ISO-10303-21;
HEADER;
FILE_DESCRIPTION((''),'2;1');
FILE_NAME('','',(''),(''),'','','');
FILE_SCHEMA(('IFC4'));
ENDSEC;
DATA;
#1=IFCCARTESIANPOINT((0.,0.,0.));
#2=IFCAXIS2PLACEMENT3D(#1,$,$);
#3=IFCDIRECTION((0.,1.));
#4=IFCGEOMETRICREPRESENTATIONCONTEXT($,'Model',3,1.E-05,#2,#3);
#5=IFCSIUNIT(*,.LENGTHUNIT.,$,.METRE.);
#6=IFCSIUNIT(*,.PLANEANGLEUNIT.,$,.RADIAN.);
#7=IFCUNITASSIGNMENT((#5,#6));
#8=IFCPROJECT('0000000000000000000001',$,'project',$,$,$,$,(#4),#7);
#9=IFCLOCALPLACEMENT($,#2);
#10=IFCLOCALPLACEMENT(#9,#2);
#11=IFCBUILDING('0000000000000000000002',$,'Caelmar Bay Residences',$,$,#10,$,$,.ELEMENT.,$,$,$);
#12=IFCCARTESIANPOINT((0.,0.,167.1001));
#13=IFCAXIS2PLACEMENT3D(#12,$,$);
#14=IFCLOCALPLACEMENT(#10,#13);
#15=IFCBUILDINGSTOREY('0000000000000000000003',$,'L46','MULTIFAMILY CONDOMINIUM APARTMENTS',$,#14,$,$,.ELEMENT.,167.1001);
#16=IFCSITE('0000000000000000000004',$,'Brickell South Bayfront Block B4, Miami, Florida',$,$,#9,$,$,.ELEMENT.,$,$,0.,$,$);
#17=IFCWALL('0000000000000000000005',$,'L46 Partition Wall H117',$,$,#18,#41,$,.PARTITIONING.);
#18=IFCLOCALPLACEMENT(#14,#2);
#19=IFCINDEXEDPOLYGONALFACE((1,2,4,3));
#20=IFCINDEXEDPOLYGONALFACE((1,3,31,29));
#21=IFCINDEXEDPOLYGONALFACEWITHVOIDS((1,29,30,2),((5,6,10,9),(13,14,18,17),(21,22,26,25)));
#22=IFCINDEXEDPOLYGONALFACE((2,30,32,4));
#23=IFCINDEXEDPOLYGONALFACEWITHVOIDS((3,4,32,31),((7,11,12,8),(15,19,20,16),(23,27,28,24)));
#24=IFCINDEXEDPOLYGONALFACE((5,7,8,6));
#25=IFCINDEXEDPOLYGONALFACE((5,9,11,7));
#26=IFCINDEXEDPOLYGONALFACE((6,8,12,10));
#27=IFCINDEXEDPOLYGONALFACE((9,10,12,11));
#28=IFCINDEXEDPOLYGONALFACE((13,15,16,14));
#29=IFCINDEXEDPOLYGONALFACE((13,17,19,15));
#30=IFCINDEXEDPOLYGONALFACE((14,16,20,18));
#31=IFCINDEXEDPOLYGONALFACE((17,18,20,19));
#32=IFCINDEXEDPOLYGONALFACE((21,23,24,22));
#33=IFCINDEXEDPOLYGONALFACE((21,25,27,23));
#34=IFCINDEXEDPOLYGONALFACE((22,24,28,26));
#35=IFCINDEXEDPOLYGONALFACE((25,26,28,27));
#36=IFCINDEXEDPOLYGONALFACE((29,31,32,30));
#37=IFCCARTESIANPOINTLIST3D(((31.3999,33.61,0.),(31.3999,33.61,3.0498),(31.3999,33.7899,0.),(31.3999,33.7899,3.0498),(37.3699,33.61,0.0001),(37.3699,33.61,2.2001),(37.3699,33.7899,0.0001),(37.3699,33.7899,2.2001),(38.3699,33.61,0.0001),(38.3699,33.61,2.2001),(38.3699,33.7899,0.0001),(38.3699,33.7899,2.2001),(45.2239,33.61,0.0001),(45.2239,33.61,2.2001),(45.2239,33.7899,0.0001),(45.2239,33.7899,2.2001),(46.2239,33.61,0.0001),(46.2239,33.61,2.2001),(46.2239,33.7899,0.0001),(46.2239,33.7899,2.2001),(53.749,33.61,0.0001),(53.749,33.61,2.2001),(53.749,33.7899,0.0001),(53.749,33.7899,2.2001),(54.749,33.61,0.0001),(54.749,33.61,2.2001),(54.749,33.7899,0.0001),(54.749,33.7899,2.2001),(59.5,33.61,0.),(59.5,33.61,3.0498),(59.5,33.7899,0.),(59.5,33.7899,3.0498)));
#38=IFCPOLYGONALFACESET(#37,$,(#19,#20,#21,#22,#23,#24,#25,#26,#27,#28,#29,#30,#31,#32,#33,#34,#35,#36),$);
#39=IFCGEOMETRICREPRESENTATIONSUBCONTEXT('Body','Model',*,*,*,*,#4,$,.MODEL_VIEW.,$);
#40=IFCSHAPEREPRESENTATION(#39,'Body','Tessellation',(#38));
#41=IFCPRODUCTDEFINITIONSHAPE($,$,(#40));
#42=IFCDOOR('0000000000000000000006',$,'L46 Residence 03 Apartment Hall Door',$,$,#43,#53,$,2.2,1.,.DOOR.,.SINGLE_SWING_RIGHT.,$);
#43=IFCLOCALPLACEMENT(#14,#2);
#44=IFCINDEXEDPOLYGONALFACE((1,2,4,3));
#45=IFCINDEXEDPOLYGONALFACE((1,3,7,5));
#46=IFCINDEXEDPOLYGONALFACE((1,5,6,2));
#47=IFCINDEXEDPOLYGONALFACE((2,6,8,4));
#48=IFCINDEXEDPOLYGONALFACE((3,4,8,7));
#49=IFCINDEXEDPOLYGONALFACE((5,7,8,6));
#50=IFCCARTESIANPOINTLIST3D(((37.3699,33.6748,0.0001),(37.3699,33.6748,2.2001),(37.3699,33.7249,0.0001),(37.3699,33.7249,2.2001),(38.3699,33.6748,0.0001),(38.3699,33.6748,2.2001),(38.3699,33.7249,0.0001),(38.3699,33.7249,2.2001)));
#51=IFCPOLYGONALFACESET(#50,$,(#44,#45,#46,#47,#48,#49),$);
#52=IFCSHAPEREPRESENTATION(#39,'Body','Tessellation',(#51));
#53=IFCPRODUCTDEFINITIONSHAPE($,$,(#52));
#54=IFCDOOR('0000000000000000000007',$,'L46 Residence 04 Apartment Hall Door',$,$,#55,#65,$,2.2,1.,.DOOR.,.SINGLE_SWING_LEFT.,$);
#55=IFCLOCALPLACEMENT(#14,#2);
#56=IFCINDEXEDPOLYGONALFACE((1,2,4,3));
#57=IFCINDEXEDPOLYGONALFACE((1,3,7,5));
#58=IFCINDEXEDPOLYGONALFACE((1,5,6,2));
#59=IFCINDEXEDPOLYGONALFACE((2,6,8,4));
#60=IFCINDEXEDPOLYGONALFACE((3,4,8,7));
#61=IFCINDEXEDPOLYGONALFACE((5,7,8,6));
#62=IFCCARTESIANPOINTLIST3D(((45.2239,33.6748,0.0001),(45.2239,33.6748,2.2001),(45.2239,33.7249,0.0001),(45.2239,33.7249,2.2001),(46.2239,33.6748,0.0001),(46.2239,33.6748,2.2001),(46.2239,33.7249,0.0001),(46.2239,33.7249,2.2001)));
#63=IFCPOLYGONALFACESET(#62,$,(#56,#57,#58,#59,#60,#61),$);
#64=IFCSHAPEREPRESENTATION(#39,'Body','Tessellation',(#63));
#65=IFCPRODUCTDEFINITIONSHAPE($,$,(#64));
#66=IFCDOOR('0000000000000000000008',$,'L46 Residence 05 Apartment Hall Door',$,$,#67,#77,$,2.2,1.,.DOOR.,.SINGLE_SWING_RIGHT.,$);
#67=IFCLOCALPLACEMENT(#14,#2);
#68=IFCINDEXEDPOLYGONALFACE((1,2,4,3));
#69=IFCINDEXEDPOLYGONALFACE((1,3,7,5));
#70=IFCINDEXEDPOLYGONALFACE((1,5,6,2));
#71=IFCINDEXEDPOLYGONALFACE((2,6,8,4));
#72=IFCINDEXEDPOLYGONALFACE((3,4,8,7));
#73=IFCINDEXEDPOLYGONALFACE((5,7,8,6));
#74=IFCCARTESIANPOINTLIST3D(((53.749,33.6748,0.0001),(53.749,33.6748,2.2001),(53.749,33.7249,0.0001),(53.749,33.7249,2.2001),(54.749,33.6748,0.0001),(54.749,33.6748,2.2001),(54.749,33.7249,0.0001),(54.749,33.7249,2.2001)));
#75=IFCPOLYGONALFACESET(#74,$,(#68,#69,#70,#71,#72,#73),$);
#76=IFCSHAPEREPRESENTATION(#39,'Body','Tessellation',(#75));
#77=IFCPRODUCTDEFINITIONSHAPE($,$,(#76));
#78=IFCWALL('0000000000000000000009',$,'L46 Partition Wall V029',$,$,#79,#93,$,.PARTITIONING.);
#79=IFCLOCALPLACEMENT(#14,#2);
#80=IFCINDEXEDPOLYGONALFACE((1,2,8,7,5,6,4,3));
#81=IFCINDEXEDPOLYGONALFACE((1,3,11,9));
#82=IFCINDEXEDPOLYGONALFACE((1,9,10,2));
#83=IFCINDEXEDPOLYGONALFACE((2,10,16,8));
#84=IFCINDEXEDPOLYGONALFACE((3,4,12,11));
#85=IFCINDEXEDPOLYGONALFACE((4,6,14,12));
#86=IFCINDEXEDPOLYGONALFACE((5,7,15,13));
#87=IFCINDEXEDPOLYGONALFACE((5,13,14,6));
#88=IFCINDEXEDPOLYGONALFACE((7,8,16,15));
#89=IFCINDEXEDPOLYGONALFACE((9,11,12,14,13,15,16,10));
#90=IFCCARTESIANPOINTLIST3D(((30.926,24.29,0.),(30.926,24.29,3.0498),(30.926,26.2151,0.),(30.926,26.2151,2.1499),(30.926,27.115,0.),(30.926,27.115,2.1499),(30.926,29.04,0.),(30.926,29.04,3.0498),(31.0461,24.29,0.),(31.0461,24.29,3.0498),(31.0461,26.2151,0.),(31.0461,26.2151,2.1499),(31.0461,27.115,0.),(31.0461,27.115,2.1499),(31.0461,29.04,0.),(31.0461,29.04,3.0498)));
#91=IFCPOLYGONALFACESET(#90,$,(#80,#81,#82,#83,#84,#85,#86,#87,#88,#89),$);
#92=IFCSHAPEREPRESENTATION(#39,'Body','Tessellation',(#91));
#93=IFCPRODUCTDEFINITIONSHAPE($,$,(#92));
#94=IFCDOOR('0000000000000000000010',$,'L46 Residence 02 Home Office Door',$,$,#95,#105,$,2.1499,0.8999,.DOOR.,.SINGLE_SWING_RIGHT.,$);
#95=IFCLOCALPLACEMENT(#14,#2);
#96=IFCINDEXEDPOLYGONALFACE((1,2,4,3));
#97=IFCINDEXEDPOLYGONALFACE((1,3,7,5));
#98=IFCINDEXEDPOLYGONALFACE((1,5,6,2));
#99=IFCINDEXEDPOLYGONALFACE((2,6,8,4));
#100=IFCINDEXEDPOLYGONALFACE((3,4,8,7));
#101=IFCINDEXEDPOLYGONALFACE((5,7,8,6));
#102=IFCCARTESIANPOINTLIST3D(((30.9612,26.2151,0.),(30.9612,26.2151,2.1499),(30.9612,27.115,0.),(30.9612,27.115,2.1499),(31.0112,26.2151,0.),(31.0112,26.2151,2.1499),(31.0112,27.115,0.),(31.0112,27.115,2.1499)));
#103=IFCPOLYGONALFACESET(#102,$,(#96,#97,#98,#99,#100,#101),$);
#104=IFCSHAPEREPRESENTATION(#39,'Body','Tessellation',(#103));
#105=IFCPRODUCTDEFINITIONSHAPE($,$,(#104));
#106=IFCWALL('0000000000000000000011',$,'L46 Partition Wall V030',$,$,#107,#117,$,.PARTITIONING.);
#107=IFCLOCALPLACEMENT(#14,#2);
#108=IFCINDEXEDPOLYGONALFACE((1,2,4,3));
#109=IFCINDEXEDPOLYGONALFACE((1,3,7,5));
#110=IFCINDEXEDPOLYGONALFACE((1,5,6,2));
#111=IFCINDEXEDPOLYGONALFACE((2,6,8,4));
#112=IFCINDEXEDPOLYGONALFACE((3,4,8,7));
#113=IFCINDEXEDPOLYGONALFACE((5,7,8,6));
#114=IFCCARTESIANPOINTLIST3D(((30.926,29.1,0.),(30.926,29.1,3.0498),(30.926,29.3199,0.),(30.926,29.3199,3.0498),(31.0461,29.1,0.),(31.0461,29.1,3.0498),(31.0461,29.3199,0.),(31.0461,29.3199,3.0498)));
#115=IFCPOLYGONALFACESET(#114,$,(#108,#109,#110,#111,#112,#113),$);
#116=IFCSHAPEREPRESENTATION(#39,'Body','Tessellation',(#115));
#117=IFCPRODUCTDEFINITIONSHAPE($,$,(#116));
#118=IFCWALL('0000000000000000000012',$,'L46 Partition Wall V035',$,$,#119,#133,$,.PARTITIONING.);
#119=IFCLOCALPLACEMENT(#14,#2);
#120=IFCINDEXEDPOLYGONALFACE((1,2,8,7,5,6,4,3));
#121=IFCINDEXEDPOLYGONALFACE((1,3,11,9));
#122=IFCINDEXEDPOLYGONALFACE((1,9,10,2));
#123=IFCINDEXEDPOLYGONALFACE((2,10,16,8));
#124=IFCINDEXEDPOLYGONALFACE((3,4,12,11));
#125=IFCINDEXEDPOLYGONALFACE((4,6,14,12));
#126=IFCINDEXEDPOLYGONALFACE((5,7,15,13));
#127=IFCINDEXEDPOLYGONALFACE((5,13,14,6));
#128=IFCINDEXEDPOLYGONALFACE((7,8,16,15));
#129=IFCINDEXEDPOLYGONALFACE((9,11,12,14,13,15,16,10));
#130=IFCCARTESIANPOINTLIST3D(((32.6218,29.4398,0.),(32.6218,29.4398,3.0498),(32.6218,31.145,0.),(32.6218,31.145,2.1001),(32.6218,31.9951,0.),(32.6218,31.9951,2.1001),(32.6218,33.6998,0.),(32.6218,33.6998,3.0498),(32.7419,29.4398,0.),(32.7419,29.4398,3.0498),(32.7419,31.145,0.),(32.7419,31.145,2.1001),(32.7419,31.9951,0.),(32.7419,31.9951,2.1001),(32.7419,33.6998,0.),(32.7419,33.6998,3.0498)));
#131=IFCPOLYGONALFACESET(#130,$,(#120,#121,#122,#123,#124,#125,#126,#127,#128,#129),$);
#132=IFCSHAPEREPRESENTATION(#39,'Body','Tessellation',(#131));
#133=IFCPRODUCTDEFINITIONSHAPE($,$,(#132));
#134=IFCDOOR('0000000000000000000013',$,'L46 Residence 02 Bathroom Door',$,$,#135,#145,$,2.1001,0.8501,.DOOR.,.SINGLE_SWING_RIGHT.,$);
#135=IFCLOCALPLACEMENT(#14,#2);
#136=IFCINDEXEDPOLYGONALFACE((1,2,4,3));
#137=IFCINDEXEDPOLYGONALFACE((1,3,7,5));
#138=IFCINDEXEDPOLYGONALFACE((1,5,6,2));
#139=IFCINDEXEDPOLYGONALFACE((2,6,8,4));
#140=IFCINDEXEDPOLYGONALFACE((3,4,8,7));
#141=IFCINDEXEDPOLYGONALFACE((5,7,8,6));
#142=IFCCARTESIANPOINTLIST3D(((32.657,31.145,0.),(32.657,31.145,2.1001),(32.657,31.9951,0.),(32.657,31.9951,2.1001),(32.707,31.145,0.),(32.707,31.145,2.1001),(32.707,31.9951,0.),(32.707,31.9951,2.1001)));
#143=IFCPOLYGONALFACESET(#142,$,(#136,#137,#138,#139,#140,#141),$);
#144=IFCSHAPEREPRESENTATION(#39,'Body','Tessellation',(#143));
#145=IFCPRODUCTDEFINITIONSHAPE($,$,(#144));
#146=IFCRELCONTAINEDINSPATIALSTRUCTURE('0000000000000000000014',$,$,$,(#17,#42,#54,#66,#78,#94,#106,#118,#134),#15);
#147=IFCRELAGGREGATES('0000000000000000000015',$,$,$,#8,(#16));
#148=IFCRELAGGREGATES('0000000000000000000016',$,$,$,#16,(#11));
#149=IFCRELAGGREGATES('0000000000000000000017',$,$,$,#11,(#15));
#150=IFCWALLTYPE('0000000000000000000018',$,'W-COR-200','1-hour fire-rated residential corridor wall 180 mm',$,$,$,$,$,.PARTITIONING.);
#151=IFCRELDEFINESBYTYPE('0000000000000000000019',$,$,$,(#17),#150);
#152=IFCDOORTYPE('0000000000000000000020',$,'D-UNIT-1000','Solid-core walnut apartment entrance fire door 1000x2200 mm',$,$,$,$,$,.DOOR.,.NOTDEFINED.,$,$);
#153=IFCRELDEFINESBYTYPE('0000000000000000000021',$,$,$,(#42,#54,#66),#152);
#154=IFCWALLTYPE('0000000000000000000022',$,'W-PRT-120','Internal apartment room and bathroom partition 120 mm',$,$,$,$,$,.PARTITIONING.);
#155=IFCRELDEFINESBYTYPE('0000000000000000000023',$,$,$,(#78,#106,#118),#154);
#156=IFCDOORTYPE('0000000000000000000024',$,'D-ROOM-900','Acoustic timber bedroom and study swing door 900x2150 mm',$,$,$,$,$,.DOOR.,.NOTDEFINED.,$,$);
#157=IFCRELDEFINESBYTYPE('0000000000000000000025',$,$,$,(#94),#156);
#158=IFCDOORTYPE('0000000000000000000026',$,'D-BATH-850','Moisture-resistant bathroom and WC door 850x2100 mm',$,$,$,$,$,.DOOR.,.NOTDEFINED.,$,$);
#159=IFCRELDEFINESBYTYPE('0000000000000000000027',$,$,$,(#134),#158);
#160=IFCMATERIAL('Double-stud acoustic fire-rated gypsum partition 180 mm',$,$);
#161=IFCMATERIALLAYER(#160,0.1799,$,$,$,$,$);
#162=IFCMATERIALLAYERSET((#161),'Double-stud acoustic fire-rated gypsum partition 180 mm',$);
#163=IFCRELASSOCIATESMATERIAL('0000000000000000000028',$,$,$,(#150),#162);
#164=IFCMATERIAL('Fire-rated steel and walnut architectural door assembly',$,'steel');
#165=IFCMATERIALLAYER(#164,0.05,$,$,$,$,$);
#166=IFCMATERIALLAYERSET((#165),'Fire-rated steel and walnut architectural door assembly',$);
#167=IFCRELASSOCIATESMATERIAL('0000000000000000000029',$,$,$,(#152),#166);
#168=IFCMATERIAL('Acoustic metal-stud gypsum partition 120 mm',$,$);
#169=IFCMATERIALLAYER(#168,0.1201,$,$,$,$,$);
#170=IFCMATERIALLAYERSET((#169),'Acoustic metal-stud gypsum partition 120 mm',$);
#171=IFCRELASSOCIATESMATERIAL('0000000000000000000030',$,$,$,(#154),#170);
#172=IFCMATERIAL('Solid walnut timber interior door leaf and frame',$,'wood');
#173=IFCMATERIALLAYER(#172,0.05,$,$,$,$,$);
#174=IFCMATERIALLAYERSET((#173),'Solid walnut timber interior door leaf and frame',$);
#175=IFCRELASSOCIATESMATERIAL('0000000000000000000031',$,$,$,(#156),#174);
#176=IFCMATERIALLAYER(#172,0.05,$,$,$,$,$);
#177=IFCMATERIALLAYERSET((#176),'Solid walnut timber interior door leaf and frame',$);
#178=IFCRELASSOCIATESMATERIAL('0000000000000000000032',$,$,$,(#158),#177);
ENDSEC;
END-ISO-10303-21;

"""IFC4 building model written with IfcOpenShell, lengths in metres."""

from ifc_helpers import new_model, si_unit, direction, frame, frame_2d, origin, place, context, subcontext, project, spatial, rectangle, extrude, material, layer, layer_set, type_object, element, fill, save


model = new_model("IFC4")

# Units and contexts
model_context = context("Model", 3, precision=1e-05, world=origin(), true_north=direction((0.0, 1.0)))
body_context = subcontext(model_context, "Body", "Model", "MODEL_VIEW")
ifc_project = project(units=[si_unit("LENGTHUNIT", "METRE"), si_unit("PLANEANGLEUNIT", "RADIAN")], contexts=[model_context])

# Site, building, storey
site_placement = place(None, origin())
site = spatial("IfcSite", under=ifc_project, at=site_placement, Name="Brickell South Bayfront Block B4, Miami, Florida", CompositionType="ELEMENT", RefElevation=0.0)
building_placement = place(site_placement, origin())
building = spatial("IfcBuilding", under=site, at=building_placement, Name="Caelmar Bay Residences", CompositionType="ELEMENT")
storey_placement = place(building_placement, frame((0.0, 0.0, 167.1001)))
storey = spatial("IfcBuildingStorey", under=building, at=storey_placement, Name="L46", Description="MULTIFAMILY CONDOMINIUM APARTMENTS", CompositionType="ELEMENT", Elevation=167.1001)

# Wall, openings, doors
ifc_material_1 = material(Name="Double-stud acoustic fire-rated gypsum partition 180 mm")
ifc_layer_1 = layer(ifc_material_1, 0.1799)
ifc_layer_set_1 = layer_set([ifc_layer_1], Name="Double-stud acoustic fire-rated gypsum partition 180 mm")
wall_type_1 = type_object("IfcWallType", Name="W-COR-200", Description="1-hour fire-rated residential corridor wall 180 mm", PredefinedType="PARTITIONING", material=ifc_layer_set_1)
wall_1_placement = place(storey_placement, frame((31.3999, 33.7, 0.0), z_axis=(0.0, 0.0, 1.0), x_axis=(1.0, 0.0, 0.0)))
wall_1 = element("IfcWall", 1, at=wall_1_placement, inside=storey, type_object=wall_type_1, Name="L46 Partition Wall H117", PredefinedType="PARTITIONING", context=body_context, shape_type="SweptSolid", body=[
    extrude(rectangle(XDim=28.1001, YDim=0.1799, at=frame_2d((14.05, 0.0))), origin(), (0.0, 0.0, 1.0), 3.0498),
])
opening_1_placement = place(wall_1_placement, frame((5.97, 0.0, 0.0)))
opening_1 = element("IfcOpeningElement", 2, at=opening_1_placement, cuts=wall_1, PredefinedType="OPENING", context=body_context, shape_type="SweptSolid", body=[
    extrude(rectangle(XDim=1.0, YDim=2.2, at=frame_2d((0.5, 1.1001))), frame((0.0, 0.0999, 0.0), z_axis=(0.0, -1.0, 0.0), x_axis=(1.0, 0.0, 0.0)), (0.0, 0.0, 1.0), 0.2),
])
opening_2_placement = place(wall_1_placement, frame((13.824, 0.0, 0.0)))
opening_2 = element("IfcOpeningElement", 3, at=opening_2_placement, cuts=wall_1, PredefinedType="OPENING", context=body_context, shape_type="SweptSolid", body=[
    extrude(rectangle(XDim=1.0, YDim=2.2, at=frame_2d((0.5, 1.1001))), frame((0.0, 0.0999, 0.0), z_axis=(0.0, -1.0, 0.0), x_axis=(1.0, 0.0, 0.0)), (0.0, 0.0, 1.0), 0.2),
])
opening_3_placement = place(wall_1_placement, frame((22.3491, 0.0, 0.0)))
opening_3 = element("IfcOpeningElement", 4, at=opening_3_placement, cuts=wall_1, PredefinedType="OPENING", context=body_context, shape_type="SweptSolid", body=[
    extrude(rectangle(XDim=1.0, YDim=2.2, at=frame_2d((0.5, 1.1001))), frame((0.0, 0.0999, 0.0), z_axis=(0.0, -1.0, 0.0), x_axis=(1.0, 0.0, 0.0)), (0.0, 0.0, 1.0), 0.2),
])
ifc_material_2 = material(Name="Fire-rated steel and walnut architectural door assembly", Category="steel")
ifc_layer_2 = layer(ifc_material_2, 0.05)
ifc_layer_set_2 = layer_set([ifc_layer_2], Name="Fire-rated steel and walnut architectural door assembly")
door_type_1 = type_object("IfcDoorType", Name="D-UNIT-1000", Description="Solid-core walnut apartment entrance fire door 1000x2200 mm", OperationType="NOTDEFINED", PredefinedType="DOOR", material=ifc_layer_set_2)
door_1_placement = place(opening_1_placement, origin())
door_1 = element("IfcDoor", 5, at=door_1_placement, inside=storey, type_object=door_type_1, Name="L46 Residence 03 Apartment Hall Door", OperationType="SINGLE_SWING_RIGHT", OverallHeight=2.2, OverallWidth=1.0, PredefinedType="DOOR", context=body_context, shape_type="SweptSolid", body=[
    extrude(rectangle(XDim=1.0, YDim=2.2, at=frame_2d((0.5, 1.1001))), frame((0.0, 0.0249, 0.0), z_axis=(0.0, -1.0, 0.0), x_axis=(1.0, 0.0, 0.0)), (0.0, 0.0, 1.0), 0.05),
])
fill(opening_1, door_1)
door_2_placement = place(opening_2_placement, origin())
door_2 = element("IfcDoor", 6, at=door_2_placement, inside=storey, type_object=door_type_1, Name="L46 Residence 04 Apartment Hall Door", OperationType="SINGLE_SWING_LEFT", OverallHeight=2.2, OverallWidth=1.0, PredefinedType="DOOR", context=body_context, shape_type="SweptSolid", body=[
    extrude(rectangle(XDim=1.0, YDim=2.2, at=frame_2d((0.5, 1.1001))), frame((0.0, 0.0249, 0.0), z_axis=(0.0, -1.0, 0.0), x_axis=(1.0, 0.0, 0.0)), (0.0, 0.0, 1.0), 0.05),
])
fill(opening_2, door_2)
door_3_placement = place(opening_3_placement, origin())
door_3 = element("IfcDoor", 7, at=door_3_placement, inside=storey, type_object=door_type_1, Name="L46 Residence 05 Apartment Hall Door", OperationType="SINGLE_SWING_RIGHT", OverallHeight=2.2, OverallWidth=1.0, PredefinedType="DOOR", context=body_context, shape_type="SweptSolid", body=[
    extrude(rectangle(XDim=1.0, YDim=2.2, at=frame_2d((0.5, 1.1001))), frame((0.0, 0.0249, 0.0), z_axis=(0.0, -1.0, 0.0), x_axis=(1.0, 0.0, 0.0)), (0.0, 0.0, 1.0), 0.05),
])
fill(opening_3, door_3)

# Wall, opening, door
ifc_material_3 = material(Name="Acoustic metal-stud gypsum partition 120 mm")
ifc_layer_3 = layer(ifc_material_3, 0.1201)
ifc_layer_set_3 = layer_set([ifc_layer_3], Name="Acoustic metal-stud gypsum partition 120 mm")
wall_type_2 = type_object("IfcWallType", Name="W-PRT-120", Description="Internal apartment room and bathroom partition 120 mm", PredefinedType="PARTITIONING", material=ifc_layer_set_3)
wall_2_placement = place(storey_placement, frame((30.9861, 24.29, 0.0), z_axis=(0.0, 0.0, 1.0), x_axis=(0.0, 1.0, 0.0)))
wall_2 = element("IfcWall", 8, at=wall_2_placement, inside=storey, type_object=wall_type_2, Name="L46 Partition Wall V029", PredefinedType="PARTITIONING", context=body_context, shape_type="SweptSolid", body=[
    extrude(rectangle(XDim=4.75, YDim=0.1201, at=frame_2d((2.375, 0.0))), origin(), (0.0, 0.0, 1.0), 3.0498),
])
opening_4_placement = place(wall_2_placement, frame((1.925, 0.0, 0.0)))
opening_4 = element("IfcOpeningElement", 9, at=opening_4_placement, cuts=wall_2, PredefinedType="OPENING", context=body_context, shape_type="SweptSolid", body=[
    extrude(rectangle(XDim=0.8999, YDim=2.1499, at=frame_2d((0.45, 1.075))), frame((0.0, 0.0701, 0.0), z_axis=(0.0, -1.0, 0.0), x_axis=(1.0, 0.0, 0.0)), (0.0, 0.0, 1.0), 0.1401),
])
ifc_material_4 = material(Name="Solid walnut timber interior door leaf and frame", Category="wood")
ifc_layer_4 = layer(ifc_material_4, 0.05)
ifc_layer_set_4 = layer_set([ifc_layer_4], Name="Solid walnut timber interior door leaf and frame")
door_type_2 = type_object("IfcDoorType", Name="D-ROOM-900", Description="Acoustic timber bedroom and study swing door 900x2150 mm", OperationType="NOTDEFINED", PredefinedType="DOOR", material=ifc_layer_set_4)
door_4_placement = place(opening_4_placement, origin())
door_4 = element("IfcDoor", 10, at=door_4_placement, inside=storey, type_object=door_type_2, Name="L46 Residence 02 Home Office Door", OperationType="SINGLE_SWING_RIGHT", OverallHeight=2.1499, OverallWidth=0.8999, PredefinedType="DOOR", context=body_context, shape_type="SweptSolid", body=[
    extrude(rectangle(XDim=0.8999, YDim=2.1499, at=frame_2d((0.45, 1.075))), frame((0.0, 0.0249, 0.0), z_axis=(0.0, -1.0, 0.0), x_axis=(1.0, 0.0, 0.0)), (0.0, 0.0, 1.0), 0.05),
])
fill(opening_4, door_4)

# Wall
wall_3_placement = place(storey_placement, frame((30.9861, 29.1001, 0.0), z_axis=(0.0, 0.0, 1.0), x_axis=(0.0, 1.0, 0.0)))
element("IfcWall", 11, at=wall_3_placement, inside=storey, type_object=wall_type_2, Name="L46 Partition Wall V030", PredefinedType="PARTITIONING", context=body_context, shape_type="SweptSolid", body=[
    extrude(rectangle(XDim=0.22, YDim=0.1201, at=frame_2d((0.1099, 0.0))), origin(), (0.0, 0.0, 1.0), 3.0498),
])

# Wall, opening, door
wall_4_placement = place(storey_placement, frame((32.6819, 29.4399, 0.0), z_axis=(0.0, 0.0, 1.0), x_axis=(0.0, 1.0, 0.0)))
wall_4 = element("IfcWall", 12, at=wall_4_placement, inside=storey, type_object=wall_type_2, Name="L46 Partition Wall V035", PredefinedType="PARTITIONING", context=body_context, shape_type="SweptSolid", body=[
    extrude(rectangle(XDim=4.26, YDim=0.1201, at=frame_2d((2.1299, 0.0))), origin(), (0.0, 0.0, 1.0), 3.0498),
])
opening_5_placement = place(wall_4_placement, frame((1.7051, 0.0, 0.0)))
opening_5 = element("IfcOpeningElement", 13, at=opening_5_placement, cuts=wall_4, PredefinedType="OPENING", context=body_context, shape_type="SweptSolid", body=[
    extrude(rectangle(XDim=0.8501, YDim=2.1001, at=frame_2d((0.425, 1.05))), frame((0.0, 0.0701, 0.0), z_axis=(0.0, -1.0, 0.0), x_axis=(1.0, 0.0, 0.0)), (0.0, 0.0, 1.0), 0.1401),
])
ifc_layer_5 = layer(ifc_material_4, 0.05)
ifc_layer_set_5 = layer_set([ifc_layer_5], Name="Solid walnut timber interior door leaf and frame")
door_type_3 = type_object("IfcDoorType", Name="D-BATH-850", Description="Moisture-resistant bathroom and WC door 850x2100 mm", OperationType="NOTDEFINED", PredefinedType="DOOR", material=ifc_layer_set_5)
door_5_placement = place(opening_5_placement, origin())
door_5 = element("IfcDoor", 14, at=door_5_placement, inside=storey, type_object=door_type_3, Name="L46 Residence 02 Bathroom Door", OperationType="SINGLE_SWING_RIGHT", OverallHeight=2.1001, OverallWidth=0.8501, PredefinedType="DOOR", context=body_context, shape_type="SweptSolid", body=[
    extrude(rectangle(XDim=0.8501, YDim=2.1001, at=frame_2d((0.425, 1.05))), frame((0.0, 0.0249, 0.0), z_axis=(0.0, -1.0, 0.0), x_axis=(1.0, 0.0, 0.0)), (0.0, 0.0, 1.0), 0.05),
])
fill(opening_5, door_5)

save(model, "model.ifc")
